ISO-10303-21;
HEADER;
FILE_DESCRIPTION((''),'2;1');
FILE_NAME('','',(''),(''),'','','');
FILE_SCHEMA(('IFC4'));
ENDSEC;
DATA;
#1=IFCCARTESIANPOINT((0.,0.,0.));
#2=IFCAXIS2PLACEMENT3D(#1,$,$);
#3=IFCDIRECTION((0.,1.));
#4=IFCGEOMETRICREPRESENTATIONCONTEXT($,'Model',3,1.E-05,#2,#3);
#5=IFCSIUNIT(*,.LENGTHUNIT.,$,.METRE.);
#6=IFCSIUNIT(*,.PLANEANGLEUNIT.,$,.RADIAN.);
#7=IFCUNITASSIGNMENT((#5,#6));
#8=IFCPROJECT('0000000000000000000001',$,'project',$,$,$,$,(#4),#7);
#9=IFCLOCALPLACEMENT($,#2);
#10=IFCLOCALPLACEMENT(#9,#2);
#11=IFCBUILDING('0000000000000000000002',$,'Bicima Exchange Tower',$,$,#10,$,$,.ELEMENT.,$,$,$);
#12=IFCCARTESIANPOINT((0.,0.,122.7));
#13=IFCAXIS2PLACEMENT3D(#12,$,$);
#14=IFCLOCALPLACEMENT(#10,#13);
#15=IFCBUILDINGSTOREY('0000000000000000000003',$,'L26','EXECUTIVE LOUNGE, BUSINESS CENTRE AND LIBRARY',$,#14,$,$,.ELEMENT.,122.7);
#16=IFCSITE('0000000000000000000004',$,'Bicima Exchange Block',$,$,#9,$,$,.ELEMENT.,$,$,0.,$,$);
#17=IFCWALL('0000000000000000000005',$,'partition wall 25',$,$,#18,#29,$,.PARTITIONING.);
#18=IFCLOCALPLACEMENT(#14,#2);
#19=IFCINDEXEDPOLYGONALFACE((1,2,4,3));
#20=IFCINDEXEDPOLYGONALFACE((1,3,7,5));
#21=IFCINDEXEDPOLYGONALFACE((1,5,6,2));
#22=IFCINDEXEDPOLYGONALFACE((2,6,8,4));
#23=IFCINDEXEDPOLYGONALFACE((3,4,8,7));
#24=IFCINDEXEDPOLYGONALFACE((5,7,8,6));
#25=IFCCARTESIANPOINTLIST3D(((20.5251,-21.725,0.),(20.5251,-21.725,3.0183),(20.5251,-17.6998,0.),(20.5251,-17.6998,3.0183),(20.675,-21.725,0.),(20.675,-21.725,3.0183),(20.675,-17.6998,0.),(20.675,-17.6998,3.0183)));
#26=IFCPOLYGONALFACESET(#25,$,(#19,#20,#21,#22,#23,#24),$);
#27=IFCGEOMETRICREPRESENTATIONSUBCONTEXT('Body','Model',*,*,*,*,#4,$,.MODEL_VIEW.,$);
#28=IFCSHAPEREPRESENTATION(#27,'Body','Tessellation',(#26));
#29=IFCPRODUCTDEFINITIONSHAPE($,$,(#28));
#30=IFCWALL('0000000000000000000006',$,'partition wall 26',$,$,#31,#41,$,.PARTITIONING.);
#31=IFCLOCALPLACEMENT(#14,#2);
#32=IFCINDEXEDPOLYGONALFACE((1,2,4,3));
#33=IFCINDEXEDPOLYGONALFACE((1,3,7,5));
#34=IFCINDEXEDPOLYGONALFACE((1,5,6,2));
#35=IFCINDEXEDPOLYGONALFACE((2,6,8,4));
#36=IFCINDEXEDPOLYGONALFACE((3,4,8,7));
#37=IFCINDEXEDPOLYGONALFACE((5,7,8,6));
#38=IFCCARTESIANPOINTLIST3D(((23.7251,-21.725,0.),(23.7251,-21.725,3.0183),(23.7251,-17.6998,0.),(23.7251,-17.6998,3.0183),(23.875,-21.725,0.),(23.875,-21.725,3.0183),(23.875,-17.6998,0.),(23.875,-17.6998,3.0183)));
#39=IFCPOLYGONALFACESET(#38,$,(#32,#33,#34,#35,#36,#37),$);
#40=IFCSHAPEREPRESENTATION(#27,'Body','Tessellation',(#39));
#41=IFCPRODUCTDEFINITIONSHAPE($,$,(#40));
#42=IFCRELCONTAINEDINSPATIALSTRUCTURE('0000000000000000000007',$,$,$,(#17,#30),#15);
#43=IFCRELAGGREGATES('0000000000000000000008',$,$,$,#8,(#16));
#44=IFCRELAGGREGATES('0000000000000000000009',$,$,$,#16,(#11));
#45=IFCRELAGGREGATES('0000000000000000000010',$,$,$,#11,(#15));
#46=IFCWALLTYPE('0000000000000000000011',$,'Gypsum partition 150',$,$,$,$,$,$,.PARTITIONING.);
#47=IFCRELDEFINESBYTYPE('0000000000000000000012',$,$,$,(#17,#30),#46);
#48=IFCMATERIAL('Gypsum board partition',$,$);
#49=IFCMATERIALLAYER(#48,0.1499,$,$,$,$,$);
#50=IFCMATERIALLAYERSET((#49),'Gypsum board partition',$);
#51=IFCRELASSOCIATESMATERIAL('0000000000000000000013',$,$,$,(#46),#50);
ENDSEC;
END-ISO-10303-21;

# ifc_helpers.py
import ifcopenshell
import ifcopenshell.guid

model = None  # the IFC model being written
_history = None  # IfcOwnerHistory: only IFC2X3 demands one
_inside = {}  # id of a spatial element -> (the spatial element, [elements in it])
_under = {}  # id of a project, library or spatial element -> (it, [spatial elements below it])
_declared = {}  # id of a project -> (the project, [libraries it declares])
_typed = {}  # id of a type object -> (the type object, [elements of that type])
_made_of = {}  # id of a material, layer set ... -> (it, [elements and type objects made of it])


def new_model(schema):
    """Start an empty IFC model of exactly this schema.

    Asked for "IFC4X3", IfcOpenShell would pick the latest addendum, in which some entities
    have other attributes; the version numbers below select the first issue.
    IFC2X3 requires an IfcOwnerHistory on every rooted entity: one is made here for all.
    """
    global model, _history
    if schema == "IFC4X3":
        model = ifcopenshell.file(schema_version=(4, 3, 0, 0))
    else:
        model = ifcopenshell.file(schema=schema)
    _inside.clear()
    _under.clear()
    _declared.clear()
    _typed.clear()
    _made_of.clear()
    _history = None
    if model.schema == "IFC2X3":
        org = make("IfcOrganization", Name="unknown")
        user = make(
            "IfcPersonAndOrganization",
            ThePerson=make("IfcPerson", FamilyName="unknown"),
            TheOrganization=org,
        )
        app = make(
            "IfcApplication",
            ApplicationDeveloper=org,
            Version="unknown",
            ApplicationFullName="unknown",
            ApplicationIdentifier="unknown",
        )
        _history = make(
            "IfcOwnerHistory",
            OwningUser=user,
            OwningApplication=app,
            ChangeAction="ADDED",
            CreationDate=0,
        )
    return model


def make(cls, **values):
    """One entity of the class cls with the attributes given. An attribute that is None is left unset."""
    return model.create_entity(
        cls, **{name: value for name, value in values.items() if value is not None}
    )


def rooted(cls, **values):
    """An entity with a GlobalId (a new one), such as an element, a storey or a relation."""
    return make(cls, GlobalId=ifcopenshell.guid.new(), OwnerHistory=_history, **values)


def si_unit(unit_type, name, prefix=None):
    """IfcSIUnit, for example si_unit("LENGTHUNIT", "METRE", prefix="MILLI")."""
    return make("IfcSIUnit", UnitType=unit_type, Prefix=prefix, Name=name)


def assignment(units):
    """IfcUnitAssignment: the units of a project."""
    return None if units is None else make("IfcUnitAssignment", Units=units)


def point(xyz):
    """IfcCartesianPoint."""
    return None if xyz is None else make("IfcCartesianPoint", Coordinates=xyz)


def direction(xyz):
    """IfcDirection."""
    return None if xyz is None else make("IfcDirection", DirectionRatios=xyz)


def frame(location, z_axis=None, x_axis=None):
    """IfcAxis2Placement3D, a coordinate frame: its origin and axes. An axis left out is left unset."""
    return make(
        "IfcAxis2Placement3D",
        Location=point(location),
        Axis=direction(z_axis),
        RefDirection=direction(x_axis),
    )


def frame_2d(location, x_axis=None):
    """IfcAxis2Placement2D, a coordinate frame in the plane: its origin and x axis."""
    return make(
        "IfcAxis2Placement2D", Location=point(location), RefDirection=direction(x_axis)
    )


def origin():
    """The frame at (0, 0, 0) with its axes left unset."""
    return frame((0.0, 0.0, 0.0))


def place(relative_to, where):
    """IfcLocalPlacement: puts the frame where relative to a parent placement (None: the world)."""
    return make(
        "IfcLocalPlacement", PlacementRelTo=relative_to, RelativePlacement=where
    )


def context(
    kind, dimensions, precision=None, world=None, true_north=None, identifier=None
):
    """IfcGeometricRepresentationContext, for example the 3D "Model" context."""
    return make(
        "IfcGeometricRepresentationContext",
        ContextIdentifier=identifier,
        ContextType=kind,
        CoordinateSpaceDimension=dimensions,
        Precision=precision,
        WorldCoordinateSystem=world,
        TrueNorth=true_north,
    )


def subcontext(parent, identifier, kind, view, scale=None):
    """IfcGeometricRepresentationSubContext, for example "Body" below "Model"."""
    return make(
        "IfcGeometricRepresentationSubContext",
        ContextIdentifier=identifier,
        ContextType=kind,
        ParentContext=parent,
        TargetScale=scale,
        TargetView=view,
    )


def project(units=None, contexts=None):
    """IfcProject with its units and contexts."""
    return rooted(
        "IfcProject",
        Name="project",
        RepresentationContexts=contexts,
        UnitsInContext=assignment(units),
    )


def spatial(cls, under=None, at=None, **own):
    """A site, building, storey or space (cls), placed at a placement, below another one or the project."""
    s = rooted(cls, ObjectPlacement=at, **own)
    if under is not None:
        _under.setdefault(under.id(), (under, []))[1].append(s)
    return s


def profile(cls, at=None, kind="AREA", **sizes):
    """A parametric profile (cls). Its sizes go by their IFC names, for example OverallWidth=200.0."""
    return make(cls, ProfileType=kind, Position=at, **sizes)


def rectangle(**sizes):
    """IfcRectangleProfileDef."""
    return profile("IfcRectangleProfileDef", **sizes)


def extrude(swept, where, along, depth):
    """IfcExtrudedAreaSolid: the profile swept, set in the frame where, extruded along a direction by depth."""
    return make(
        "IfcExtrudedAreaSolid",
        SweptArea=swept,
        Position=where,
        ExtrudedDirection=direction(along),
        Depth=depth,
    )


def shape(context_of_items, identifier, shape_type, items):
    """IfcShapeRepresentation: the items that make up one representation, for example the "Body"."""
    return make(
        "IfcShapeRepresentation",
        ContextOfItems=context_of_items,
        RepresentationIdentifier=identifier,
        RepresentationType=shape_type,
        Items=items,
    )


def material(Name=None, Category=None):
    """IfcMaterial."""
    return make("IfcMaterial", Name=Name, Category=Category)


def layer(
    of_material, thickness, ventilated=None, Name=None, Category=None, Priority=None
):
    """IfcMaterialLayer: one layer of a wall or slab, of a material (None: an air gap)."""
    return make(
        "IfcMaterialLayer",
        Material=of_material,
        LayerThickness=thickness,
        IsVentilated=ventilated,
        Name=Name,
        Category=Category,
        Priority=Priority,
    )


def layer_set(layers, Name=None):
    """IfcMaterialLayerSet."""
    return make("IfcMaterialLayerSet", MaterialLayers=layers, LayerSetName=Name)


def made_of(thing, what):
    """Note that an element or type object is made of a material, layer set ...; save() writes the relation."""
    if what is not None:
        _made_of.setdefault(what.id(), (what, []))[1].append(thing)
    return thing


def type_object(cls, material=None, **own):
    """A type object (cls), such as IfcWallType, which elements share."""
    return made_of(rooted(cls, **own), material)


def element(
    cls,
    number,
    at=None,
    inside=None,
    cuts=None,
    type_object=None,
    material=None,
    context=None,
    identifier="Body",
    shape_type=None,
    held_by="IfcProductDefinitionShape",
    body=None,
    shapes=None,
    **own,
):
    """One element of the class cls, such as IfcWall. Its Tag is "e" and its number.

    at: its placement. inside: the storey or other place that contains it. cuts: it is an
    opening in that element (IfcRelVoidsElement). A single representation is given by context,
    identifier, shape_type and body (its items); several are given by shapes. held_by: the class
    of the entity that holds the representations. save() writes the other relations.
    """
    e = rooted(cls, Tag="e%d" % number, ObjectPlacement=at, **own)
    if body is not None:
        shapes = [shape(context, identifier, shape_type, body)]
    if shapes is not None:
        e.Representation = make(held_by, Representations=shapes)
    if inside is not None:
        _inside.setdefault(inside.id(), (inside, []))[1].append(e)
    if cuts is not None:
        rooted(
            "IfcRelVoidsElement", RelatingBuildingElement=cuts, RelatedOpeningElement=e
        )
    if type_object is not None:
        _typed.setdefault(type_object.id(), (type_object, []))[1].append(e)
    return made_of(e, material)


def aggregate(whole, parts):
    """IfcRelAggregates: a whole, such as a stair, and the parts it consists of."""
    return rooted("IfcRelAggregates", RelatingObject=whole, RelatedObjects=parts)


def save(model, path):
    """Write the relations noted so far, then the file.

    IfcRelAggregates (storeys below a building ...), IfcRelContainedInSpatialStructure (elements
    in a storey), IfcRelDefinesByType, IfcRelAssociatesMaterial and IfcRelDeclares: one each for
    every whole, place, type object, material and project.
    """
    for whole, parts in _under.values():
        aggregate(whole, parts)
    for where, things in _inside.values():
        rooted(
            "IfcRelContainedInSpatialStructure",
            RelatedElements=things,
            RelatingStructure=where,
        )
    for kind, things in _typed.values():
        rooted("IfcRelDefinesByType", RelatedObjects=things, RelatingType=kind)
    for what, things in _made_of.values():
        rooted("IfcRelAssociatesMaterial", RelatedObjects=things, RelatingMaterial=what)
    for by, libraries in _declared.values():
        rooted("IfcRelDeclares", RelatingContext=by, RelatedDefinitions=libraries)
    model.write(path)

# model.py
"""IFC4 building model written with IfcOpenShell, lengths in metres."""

from ifc_helpers import new_model, si_unit, direction, frame, frame_2d, origin, place, context, subcontext, project, spatial, rectangle, extrude, material, layer, layer_set, type_object, element, save


model = new_model("IFC4")

# Units and contexts
model_context = context("Model", 3, precision=1e-05, world=origin(), true_north=direction((0.0, 1.0)))
body_context = subcontext(model_context, "Body", "Model", "MODEL_VIEW")
ifc_project = project(units=[si_unit("LENGTHUNIT", "METRE"), si_unit("PLANEANGLEUNIT", "RADIAN")], contexts=[model_context])

# Site, building, storey
site_placement = place(None, origin())
site = spatial("IfcSite", under=ifc_project, at=site_placement, Name="Bicima Exchange Block", CompositionType="ELEMENT", RefElevation=0.0)
building_placement = place(site_placement, origin())
building = spatial("IfcBuilding", under=site, at=building_placement, Name="Bicima Exchange Tower", CompositionType="ELEMENT")
storey_placement = place(building_placement, frame((0.0, 0.0, 122.7)))
storey = spatial("IfcBuildingStorey", under=building, at=storey_placement, Name="L26", Description="EXECUTIVE LOUNGE, BUSINESS CENTRE AND LIBRARY", CompositionType="ELEMENT", Elevation=122.7)

# Walls
ifc_material_1 = material(Name="Gypsum board partition")
ifc_layer_1 = layer(ifc_material_1, 0.1499)
ifc_layer_set_1 = layer_set([ifc_layer_1], Name="Gypsum board partition")
wall_type_1 = type_object("IfcWallType", Name="Gypsum partition 150", PredefinedType="PARTITIONING", material=ifc_layer_set_1)
for number, where, z_axis, x_axis, name in (
    (1, (20.6001, -21.7251, 0.0), (0.0, 0.0, 1.0), (0.0, 1.0, 0.0), "partition wall 25"),
    (2, (23.8, -21.7251, 0.0), (0.0, 0.0, 1.0), (0.0, 1.0, 0.0), "partition wall 26"),
):
    element("IfcWall", number, at=place(storey_placement, frame(where, z_axis=z_axis, x_axis=x_axis)), inside=storey, type_object=wall_type_1, Name=name, PredefinedType="PARTITIONING", context=body_context, shape_type="SweptSolid", body=[
        extrude(rectangle(XDim=4.0251, YDim=0.1499, at=frame_2d((2.0127, 0.0))), origin(), (0.0, 0.0, 1.0), 3.0183),
    ])

save(model, "model.ifc")
